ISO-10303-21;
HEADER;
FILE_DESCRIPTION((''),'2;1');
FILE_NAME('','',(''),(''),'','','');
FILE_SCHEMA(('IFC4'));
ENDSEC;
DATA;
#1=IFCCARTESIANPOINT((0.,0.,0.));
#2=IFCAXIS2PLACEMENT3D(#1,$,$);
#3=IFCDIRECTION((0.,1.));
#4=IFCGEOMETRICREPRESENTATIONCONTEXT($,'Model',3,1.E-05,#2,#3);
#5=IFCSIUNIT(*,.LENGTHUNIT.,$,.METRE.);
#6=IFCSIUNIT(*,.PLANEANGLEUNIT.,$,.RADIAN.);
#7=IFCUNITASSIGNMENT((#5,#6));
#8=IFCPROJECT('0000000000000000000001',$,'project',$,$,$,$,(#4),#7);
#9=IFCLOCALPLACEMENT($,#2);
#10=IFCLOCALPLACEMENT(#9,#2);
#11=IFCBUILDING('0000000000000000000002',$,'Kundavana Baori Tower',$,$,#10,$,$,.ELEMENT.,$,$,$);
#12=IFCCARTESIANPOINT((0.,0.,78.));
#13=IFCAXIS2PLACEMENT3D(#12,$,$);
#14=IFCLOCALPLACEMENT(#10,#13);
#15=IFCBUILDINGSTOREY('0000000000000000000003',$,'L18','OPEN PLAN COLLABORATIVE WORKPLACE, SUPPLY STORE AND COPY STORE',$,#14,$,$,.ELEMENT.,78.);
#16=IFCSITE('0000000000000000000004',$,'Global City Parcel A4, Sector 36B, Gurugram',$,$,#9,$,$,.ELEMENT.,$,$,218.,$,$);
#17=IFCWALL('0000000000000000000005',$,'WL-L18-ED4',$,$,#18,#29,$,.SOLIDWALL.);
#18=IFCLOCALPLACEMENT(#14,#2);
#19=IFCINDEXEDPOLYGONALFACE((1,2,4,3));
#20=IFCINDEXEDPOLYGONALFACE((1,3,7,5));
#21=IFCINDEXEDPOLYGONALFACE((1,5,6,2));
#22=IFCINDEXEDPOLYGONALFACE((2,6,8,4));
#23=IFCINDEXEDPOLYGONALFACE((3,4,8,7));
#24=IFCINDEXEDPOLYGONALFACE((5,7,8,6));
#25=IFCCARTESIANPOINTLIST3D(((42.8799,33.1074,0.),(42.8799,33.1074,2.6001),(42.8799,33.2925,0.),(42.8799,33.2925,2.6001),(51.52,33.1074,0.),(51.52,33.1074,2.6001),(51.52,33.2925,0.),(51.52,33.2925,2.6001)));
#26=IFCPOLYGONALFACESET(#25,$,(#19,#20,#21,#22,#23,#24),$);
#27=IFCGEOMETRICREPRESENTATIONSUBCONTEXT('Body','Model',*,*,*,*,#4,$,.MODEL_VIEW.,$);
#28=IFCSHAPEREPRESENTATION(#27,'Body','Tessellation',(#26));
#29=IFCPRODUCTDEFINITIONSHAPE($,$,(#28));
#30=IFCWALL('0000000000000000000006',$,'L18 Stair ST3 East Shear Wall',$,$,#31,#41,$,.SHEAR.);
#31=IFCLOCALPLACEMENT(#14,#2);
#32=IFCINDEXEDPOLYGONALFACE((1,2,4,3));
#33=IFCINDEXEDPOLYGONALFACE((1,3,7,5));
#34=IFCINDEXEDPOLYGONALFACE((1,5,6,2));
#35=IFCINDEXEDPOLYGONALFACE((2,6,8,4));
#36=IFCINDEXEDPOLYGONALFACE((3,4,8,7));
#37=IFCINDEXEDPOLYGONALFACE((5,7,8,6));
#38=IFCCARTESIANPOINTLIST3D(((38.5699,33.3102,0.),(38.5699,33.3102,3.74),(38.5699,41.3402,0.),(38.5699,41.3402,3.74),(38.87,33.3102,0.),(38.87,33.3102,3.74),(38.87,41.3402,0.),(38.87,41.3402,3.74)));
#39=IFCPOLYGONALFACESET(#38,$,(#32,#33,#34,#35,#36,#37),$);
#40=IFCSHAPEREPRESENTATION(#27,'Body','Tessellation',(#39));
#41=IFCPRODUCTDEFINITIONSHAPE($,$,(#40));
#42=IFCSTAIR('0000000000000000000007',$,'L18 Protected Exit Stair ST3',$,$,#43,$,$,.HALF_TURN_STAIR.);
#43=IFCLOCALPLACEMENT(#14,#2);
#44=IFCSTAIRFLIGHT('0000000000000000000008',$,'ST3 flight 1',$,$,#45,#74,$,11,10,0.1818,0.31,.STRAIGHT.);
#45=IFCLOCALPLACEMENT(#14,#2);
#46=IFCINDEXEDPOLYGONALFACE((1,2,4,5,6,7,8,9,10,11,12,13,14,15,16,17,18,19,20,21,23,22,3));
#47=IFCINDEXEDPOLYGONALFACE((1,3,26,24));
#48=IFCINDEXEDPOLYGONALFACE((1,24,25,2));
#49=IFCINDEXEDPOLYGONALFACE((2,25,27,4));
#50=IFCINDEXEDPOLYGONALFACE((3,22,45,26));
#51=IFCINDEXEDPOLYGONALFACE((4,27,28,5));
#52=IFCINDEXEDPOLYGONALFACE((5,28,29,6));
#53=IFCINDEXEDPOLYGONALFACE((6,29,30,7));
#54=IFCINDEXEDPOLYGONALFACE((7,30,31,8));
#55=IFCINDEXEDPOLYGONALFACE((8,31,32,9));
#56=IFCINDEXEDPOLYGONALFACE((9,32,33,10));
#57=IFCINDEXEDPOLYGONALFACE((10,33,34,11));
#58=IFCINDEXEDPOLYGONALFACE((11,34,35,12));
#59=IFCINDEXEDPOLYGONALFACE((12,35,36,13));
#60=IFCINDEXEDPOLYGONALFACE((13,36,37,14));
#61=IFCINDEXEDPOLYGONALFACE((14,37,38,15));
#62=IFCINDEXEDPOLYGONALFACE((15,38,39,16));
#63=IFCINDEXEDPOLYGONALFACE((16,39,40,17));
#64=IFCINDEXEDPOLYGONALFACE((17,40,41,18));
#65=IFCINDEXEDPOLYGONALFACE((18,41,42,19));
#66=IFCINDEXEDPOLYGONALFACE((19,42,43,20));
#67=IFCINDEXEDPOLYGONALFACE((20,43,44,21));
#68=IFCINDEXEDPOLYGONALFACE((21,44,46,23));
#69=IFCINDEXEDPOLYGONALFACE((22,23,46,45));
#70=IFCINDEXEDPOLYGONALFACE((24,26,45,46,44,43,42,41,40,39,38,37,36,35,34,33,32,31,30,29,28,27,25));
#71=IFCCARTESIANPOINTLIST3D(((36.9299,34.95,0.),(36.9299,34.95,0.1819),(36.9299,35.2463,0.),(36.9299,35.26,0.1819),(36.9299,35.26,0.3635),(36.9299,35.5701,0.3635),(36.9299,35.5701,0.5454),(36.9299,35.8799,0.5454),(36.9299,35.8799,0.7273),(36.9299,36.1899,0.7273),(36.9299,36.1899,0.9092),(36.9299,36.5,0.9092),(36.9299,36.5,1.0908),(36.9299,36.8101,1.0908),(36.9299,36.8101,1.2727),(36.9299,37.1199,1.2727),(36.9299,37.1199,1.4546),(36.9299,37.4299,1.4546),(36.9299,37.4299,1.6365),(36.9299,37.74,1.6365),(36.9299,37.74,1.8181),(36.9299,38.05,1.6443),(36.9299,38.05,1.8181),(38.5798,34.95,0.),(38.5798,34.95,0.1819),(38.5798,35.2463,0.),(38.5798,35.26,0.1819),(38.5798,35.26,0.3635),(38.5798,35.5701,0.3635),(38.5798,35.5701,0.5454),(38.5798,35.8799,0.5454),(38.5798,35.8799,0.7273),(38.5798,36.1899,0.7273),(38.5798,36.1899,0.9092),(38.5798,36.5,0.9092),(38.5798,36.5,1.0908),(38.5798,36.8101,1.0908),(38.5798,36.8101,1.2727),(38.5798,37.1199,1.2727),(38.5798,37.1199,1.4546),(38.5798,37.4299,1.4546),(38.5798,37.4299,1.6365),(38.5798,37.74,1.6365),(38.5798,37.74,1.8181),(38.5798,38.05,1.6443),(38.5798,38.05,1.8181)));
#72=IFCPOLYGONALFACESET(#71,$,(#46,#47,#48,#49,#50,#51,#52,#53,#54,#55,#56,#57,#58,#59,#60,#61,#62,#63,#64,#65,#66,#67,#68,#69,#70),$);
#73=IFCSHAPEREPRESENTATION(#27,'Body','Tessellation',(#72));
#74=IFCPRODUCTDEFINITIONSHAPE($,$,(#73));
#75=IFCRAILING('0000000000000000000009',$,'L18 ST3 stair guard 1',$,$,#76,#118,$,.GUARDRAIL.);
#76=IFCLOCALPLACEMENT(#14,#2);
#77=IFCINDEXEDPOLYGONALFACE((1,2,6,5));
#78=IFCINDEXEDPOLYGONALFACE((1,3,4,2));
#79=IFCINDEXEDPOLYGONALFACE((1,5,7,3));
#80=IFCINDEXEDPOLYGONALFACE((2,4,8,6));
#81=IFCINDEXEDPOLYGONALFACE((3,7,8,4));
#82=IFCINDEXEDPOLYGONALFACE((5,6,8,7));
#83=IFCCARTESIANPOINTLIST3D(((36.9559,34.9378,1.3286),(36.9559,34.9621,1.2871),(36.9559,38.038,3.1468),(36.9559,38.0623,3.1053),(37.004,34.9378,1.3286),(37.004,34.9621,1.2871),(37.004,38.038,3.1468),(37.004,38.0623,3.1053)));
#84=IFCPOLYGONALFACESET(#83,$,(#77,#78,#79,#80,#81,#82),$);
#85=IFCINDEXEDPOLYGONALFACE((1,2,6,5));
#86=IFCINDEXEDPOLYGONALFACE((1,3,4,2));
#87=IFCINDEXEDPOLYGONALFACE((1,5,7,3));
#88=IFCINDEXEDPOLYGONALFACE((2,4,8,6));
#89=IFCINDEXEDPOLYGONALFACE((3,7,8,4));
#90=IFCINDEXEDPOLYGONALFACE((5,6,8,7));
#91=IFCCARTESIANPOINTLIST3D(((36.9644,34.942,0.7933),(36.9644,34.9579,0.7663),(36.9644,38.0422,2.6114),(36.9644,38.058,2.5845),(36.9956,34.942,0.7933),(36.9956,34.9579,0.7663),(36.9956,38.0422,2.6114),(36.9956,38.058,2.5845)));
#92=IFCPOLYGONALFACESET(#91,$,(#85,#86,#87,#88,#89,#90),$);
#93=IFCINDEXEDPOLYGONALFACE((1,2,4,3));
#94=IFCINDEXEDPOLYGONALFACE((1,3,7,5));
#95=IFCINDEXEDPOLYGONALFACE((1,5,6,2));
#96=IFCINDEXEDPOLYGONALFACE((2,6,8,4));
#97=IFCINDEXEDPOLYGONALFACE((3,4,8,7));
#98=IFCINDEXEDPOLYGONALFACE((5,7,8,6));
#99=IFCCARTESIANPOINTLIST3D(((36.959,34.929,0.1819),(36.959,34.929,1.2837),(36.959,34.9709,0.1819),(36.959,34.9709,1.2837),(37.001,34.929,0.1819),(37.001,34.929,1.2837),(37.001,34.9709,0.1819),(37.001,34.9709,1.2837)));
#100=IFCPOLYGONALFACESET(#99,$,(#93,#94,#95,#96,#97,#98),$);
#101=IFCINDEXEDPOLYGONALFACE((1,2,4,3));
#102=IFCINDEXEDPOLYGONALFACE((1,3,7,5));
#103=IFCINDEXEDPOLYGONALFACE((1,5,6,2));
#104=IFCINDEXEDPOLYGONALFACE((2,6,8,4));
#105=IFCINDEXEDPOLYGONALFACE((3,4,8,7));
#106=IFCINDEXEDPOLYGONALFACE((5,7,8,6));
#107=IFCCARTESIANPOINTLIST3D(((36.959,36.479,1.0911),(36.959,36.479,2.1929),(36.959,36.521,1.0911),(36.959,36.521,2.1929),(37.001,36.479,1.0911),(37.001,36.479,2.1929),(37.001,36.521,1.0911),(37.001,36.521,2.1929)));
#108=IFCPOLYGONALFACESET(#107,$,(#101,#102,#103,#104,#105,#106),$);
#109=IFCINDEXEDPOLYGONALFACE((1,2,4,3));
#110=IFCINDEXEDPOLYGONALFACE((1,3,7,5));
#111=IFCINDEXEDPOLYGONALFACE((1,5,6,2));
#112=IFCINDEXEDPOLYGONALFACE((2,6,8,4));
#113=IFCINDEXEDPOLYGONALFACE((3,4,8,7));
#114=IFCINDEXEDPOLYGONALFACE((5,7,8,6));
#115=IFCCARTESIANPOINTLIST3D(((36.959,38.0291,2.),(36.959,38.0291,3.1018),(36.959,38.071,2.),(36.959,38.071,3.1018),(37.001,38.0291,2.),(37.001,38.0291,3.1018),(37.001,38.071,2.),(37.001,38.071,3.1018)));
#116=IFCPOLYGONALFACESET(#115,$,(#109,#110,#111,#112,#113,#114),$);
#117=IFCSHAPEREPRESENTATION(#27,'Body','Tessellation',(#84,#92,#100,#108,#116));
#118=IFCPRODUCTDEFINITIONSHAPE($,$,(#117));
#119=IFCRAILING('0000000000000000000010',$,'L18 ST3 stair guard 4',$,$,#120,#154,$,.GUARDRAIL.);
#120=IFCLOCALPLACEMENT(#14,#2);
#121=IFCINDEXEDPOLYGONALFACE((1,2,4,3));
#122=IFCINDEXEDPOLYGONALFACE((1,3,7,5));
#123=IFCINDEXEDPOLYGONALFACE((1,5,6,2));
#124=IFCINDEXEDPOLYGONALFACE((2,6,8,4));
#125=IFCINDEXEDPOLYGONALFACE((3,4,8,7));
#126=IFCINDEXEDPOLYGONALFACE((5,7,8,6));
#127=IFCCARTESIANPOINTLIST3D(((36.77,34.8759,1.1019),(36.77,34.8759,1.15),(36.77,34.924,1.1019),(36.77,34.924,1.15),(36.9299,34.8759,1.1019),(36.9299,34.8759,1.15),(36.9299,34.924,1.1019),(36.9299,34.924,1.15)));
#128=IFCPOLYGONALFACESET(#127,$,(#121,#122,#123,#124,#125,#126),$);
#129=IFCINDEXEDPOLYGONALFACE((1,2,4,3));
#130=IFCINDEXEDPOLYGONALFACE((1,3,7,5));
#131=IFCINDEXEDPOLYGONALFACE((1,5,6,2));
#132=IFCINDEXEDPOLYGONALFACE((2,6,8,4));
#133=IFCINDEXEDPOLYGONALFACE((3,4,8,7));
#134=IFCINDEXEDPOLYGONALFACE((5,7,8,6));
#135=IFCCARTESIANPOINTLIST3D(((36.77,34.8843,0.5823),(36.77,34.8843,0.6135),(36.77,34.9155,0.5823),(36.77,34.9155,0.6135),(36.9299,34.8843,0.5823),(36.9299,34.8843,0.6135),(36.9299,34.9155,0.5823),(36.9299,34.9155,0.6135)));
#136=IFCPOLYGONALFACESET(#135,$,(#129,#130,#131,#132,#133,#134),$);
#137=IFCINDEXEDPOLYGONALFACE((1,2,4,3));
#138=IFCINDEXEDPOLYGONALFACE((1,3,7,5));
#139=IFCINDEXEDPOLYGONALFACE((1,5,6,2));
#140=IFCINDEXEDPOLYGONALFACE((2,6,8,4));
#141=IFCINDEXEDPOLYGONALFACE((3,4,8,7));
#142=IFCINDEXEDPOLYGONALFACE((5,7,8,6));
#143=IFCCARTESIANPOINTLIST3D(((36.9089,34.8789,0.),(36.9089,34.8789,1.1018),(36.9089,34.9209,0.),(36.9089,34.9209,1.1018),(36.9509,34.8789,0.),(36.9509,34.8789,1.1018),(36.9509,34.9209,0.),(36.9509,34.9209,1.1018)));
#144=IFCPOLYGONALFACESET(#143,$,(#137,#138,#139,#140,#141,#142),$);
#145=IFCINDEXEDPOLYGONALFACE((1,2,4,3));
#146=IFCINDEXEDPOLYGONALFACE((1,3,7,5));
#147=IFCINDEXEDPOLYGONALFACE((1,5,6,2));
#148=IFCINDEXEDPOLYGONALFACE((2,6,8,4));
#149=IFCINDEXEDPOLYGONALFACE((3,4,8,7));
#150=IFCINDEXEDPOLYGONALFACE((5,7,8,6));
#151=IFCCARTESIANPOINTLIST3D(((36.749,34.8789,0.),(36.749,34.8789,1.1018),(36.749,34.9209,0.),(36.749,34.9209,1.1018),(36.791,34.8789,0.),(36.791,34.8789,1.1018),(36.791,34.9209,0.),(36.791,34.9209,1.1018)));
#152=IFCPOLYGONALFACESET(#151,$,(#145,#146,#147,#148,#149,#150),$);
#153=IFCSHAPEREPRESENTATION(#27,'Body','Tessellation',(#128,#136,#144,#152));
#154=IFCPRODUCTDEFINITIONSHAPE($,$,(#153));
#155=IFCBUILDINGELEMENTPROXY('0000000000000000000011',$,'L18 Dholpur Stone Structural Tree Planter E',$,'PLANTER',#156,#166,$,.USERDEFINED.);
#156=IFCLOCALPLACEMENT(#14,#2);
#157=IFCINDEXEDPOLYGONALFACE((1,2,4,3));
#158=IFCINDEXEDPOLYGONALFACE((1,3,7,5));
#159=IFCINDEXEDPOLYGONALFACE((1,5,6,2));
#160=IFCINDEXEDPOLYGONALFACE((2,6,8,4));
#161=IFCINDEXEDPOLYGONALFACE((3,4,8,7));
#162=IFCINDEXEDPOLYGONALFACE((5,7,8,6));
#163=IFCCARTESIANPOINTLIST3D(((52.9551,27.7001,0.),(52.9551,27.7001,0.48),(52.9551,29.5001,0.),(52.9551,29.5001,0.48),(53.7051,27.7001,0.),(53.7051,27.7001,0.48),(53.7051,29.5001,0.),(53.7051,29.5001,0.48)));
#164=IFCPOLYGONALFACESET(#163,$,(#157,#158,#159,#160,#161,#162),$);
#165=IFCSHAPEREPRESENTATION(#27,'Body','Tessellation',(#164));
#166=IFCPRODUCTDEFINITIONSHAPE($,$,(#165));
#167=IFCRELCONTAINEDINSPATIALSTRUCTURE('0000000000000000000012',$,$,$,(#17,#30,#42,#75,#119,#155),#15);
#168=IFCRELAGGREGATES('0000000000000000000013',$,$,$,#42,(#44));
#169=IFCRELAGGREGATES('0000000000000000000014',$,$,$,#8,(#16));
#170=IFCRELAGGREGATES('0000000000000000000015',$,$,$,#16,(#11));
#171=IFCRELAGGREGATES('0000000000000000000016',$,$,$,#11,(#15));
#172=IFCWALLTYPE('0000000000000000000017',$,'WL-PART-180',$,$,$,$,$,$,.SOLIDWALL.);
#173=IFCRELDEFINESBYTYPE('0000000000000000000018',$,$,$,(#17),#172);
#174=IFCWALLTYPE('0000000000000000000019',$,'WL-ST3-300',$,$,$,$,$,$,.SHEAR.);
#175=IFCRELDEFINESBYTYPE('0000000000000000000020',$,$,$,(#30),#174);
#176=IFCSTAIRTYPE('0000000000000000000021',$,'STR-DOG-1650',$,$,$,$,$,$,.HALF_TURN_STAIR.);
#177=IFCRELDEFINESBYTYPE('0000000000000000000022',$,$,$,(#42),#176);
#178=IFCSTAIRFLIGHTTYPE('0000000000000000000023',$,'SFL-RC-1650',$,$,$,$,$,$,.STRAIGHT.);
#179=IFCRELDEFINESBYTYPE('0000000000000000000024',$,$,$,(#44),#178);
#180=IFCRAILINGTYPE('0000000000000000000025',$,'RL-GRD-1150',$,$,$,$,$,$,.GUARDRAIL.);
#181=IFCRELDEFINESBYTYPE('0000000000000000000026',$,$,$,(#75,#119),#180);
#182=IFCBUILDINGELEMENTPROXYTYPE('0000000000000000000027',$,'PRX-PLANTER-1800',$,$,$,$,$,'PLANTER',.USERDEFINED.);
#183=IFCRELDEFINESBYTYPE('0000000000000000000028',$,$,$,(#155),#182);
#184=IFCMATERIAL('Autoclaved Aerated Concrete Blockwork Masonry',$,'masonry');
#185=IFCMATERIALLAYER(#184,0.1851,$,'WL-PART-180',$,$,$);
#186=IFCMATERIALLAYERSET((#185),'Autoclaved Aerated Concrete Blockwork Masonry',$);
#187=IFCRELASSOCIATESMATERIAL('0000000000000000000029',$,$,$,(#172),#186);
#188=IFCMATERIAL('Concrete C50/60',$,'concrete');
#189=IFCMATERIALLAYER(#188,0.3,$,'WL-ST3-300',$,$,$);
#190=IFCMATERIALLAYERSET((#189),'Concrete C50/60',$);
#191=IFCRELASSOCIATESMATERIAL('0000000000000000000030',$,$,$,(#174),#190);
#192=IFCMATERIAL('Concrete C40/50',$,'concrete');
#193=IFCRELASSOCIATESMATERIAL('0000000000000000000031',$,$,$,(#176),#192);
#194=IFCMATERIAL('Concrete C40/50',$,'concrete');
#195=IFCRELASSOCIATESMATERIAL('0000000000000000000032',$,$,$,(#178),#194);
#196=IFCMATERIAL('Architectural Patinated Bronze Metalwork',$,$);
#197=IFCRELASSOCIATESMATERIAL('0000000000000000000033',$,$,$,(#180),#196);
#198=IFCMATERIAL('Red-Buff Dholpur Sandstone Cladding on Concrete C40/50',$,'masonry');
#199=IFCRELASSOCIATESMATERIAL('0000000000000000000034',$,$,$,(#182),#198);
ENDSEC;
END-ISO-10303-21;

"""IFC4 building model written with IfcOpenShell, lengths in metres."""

from ifc_helpers import new_model, si_unit, direction, frame, frame_2d, origin, origin_2d, place, context, subcontext, project, spatial, polyline, rectangle, outline, extrude, material, layer, layer_set, type_object, element, aggregate, save


model = new_model("IFC4")

# Units and contexts
model_context = context("Model", 3, precision=1e-05, world=origin(), true_north=direction((0.0, 1.0)))
body_context = subcontext(model_context, "Body", "Model", "MODEL_VIEW")
ifc_project = project(units=[si_unit("LENGTHUNIT", "METRE"), si_unit("PLANEANGLEUNIT", "RADIAN")], contexts=[model_context])

# Site, building, storey
site_placement = place(None, origin())
site = spatial("IfcSite", under=ifc_project, at=site_placement, Name="Global City Parcel A4, Sector 36B, Gurugram", CompositionType="ELEMENT", RefElevation=218.0)
building_placement = place(site_placement, origin())
building = spatial("IfcBuilding", under=site, at=building_placement, Name="Kundavana Baori Tower", CompositionType="ELEMENT")
storey_placement = place(building_placement, frame((0.0, 0.0, 78.0)))
storey = spatial("IfcBuildingStorey", under=building, at=storey_placement, Name="L18", Description="OPEN PLAN COLLABORATIVE WORKPLACE, SUPPLY STORE AND COPY STORE", CompositionType="ELEMENT", Elevation=78.0)

# Wall
ifc_material_1 = material(Name="Autoclaved Aerated Concrete Blockwork Masonry", Category="masonry")
ifc_layer_1 = layer(ifc_material_1, 0.1851, Name="WL-PART-180")
ifc_layer_set_1 = layer_set([ifc_layer_1], Name="Autoclaved Aerated Concrete Blockwork Masonry")
wall_type_1 = type_object("IfcWallType", Name="WL-PART-180", PredefinedType="SOLIDWALL", material=ifc_layer_set_1)
wall_1_placement = place(storey_placement, frame((42.8799, 33.2, 0.0), z_axis=(0.0, 0.0, 1.0), x_axis=(1.0, 0.0, 0.0)))
element("IfcWall", 1, at=wall_1_placement, inside=storey, type_object=wall_type_1, Name="WL-L18-ED4", PredefinedType="SOLIDWALL", context=body_context, shape_type="SweptSolid", body=[
    extrude(rectangle(XDim=8.6401, YDim=0.1851, at=frame_2d((4.3201, 0.0))), origin(), (0.0, 0.0, 1.0), 2.6001),
])

# Wall
ifc_material_2 = material(Name="Concrete C50/60", Category="concrete")
ifc_layer_2 = layer(ifc_material_2, 0.3, Name="WL-ST3-300")
ifc_layer_set_2 = layer_set([ifc_layer_2], Name="Concrete C50/60")
wall_type_2 = type_object("IfcWallType", Name="WL-ST3-300", PredefinedType="SHEAR", material=ifc_layer_set_2)
wall_2_placement = place(storey_placement, frame((38.72, 33.3101, 0.0), z_axis=(0.0, 0.0, 1.0), x_axis=(0.0, 1.0, 0.0)))
element("IfcWall", 2, at=wall_2_placement, inside=storey, type_object=wall_type_2, Name="L18 Stair ST3 East Shear Wall", PredefinedType="SHEAR", context=body_context, shape_type="SweptSolid", body=[
    extrude(rectangle(XDim=8.03, YDim=0.3, at=frame_2d((4.0151, 0.0))), origin(), (0.0, 0.0, 1.0), 3.74),
])

# Stair, stair flight
ifc_material_3 = material(Name="Concrete C40/50", Category="concrete")
stair_type = type_object("IfcStairType", Name="STR-DOG-1650", PredefinedType="HALF_TURN_STAIR", material=ifc_material_3)
stair_placement = place(storey_placement, origin())
stair = element("IfcStair", 3, at=stair_placement, inside=storey, type_object=stair_type, Name="L18 Protected Exit Stair ST3", PredefinedType="HALF_TURN_STAIR")
ifc_material_4 = material(Name="Concrete C40/50", Category="concrete")
stair_flight_type = type_object("IfcStairFlightType", Name="SFL-RC-1650", PredefinedType="STRAIGHT", material=ifc_material_4)
stair_flight_placement = place(storey_placement, frame((37.7549, 34.95, 0.0), z_axis=(0.0, 0.0, 1.0), x_axis=(0.0, 1.0, 0.0)))
stair_flight = element("IfcStairFlight", 4, at=stair_flight_placement, type_object=stair_flight_type, Name="ST3 flight 1", NumberOfRisers=11, NumberOfTreads=10, PredefinedType="STRAIGHT", RiserHeight=0.1818, TreadLength=0.31, context=body_context, shape_type="SweptSolid", body=[
    extrude(outline(polyline([(0.0, 0.0), (0.0, 0.1819), (0.3101, 0.1819), (0.3101, 0.3635), (0.6201, 0.3635), (0.6201, 0.5454), (0.9299, 0.5454), (0.9299, 0.7273), (1.24, 0.7273), (1.24, 0.9092), (1.55, 0.9092), (1.55, 1.0908), (1.8601, 1.0908), (1.8601, 1.2727), (2.1699, 1.2727), (2.1699, 1.4546), (2.48, 1.4546), (2.48, 1.6365), (2.79, 1.6365), (2.79, 1.8181), (3.1001, 1.8181), (3.1001, 2.0), (3.1001, 1.6443), (0.2964, 0.0), (0.0, 0.0)])), frame((0.0, 0.825, 0.0), z_axis=(0.0, -1.0, 0.0), x_axis=(1.0, 0.0, 0.0)), (0.0, 0.0, 1.0), 1.6499),
])
aggregate(stair, [stair_flight])

# Railings
ifc_material_5 = material(Name="Architectural Patinated Bronze Metalwork")
railing_type = type_object("IfcRailingType", Name="RL-GRD-1150", PredefinedType="GUARDRAIL", material=ifc_material_5)
railing_1_placement = place(storey_placement, frame((36.98, 34.95, 0.1819)))
element("IfcRailing", 5, at=railing_1_placement, inside=storey, type_object=railing_type, Name="L18 ST3 stair guard 1", PredefinedType="GUARDRAIL", context=body_context, shape_type="SweptSolid", body=[
    extrude(rectangle(XDim=0.0481, YDim=0.0481, at=origin_2d()), frame((0.0, 0.0, 1.126), z_axis=(0.0, 0.862599, 0.505889), x_axis=(-1.0, 0.0, 0.0)), (0.0, 0.0, 1.0), 3.594),
    extrude(rectangle(XDim=0.0312, YDim=0.0312, at=origin_2d()), frame((0.0, 0.0, 0.5979), z_axis=(0.0, 0.862599, 0.505889), x_axis=(-1.0, 0.0, 0.0)), (0.0, 0.0, 1.0), 3.594),
    extrude(rectangle(XDim=0.042, YDim=0.042, at=origin_2d()), origin(), (0.0, 0.0, 1.0), 1.1018),
    extrude(rectangle(XDim=0.042, YDim=0.042, at=origin_2d()), frame((0.0, 1.55, 0.9092)), (0.0, 0.0, 1.0), 1.1018),
    extrude(rectangle(XDim=0.042, YDim=0.042, at=origin_2d()), frame((0.0, 3.1001, 1.8181)), (0.0, 0.0, 1.0), 1.1018),
])
railing_2_placement = place(storey_placement, frame((36.9299, 34.8999, 0.0)))
element("IfcRailing", 6, at=railing_2_placement, inside=storey, type_object=railing_type, Name="L18 ST3 stair guard 4", PredefinedType="GUARDRAIL", context=body_context, shape_type="SweptSolid", body=[
    extrude(rectangle(XDim=0.0481, YDim=0.0481, at=origin_2d()), frame((0.0, 0.0, 1.126), z_axis=(-1.0, 0.0, 0.0), x_axis=(0.0, -1.0, 0.0)), (0.0, 0.0, 1.0), 0.1599),
    extrude(rectangle(XDim=0.0312, YDim=0.0312, at=origin_2d()), frame((0.0, 0.0, 0.5979), z_axis=(-1.0, 0.0, 0.0), x_axis=(0.0, -1.0, 0.0)), (0.0, 0.0, 1.0), 0.1599),
    extrude(rectangle(XDim=0.042, YDim=0.042, at=origin_2d()), origin(), (0.0, 0.0, 1.0), 1.1018),
    extrude(rectangle(XDim=0.042, YDim=0.042, at=origin_2d()), frame((-0.1599, 0.0, 0.0)), (0.0, 0.0, 1.0), 1.1018),
])

# Building element proxy
ifc_material_6 = material(Name="Red-Buff Dholpur Sandstone Cladding on Concrete C40/50", Category="masonry")
building_element_proxy_type = type_object("IfcBuildingElementProxyType", Name="PRX-PLANTER-1800", ElementType="PLANTER", PredefinedType="USERDEFINED", material=ifc_material_6)
proxy_placement = place(storey_placement, frame((53.3301, 28.6001, 0.0), z_axis=(0.0, 0.0, 1.0), x_axis=(0.0, 1.0, 0.0)))
element("IfcBuildingElementProxy", 7, at=proxy_placement, inside=storey, type_object=building_element_proxy_type, Name="L18 Dholpur Stone Structural Tree Planter E", ObjectType="PLANTER", PredefinedType="USERDEFINED", context=body_context, shape_type="SweptSolid", body=[
    extrude(rectangle(XDim=1.8, YDim=0.75, at=origin_2d()), origin(), (0.0, 0.0, 1.0), 0.48),
])

save(model, "model.ifc")
